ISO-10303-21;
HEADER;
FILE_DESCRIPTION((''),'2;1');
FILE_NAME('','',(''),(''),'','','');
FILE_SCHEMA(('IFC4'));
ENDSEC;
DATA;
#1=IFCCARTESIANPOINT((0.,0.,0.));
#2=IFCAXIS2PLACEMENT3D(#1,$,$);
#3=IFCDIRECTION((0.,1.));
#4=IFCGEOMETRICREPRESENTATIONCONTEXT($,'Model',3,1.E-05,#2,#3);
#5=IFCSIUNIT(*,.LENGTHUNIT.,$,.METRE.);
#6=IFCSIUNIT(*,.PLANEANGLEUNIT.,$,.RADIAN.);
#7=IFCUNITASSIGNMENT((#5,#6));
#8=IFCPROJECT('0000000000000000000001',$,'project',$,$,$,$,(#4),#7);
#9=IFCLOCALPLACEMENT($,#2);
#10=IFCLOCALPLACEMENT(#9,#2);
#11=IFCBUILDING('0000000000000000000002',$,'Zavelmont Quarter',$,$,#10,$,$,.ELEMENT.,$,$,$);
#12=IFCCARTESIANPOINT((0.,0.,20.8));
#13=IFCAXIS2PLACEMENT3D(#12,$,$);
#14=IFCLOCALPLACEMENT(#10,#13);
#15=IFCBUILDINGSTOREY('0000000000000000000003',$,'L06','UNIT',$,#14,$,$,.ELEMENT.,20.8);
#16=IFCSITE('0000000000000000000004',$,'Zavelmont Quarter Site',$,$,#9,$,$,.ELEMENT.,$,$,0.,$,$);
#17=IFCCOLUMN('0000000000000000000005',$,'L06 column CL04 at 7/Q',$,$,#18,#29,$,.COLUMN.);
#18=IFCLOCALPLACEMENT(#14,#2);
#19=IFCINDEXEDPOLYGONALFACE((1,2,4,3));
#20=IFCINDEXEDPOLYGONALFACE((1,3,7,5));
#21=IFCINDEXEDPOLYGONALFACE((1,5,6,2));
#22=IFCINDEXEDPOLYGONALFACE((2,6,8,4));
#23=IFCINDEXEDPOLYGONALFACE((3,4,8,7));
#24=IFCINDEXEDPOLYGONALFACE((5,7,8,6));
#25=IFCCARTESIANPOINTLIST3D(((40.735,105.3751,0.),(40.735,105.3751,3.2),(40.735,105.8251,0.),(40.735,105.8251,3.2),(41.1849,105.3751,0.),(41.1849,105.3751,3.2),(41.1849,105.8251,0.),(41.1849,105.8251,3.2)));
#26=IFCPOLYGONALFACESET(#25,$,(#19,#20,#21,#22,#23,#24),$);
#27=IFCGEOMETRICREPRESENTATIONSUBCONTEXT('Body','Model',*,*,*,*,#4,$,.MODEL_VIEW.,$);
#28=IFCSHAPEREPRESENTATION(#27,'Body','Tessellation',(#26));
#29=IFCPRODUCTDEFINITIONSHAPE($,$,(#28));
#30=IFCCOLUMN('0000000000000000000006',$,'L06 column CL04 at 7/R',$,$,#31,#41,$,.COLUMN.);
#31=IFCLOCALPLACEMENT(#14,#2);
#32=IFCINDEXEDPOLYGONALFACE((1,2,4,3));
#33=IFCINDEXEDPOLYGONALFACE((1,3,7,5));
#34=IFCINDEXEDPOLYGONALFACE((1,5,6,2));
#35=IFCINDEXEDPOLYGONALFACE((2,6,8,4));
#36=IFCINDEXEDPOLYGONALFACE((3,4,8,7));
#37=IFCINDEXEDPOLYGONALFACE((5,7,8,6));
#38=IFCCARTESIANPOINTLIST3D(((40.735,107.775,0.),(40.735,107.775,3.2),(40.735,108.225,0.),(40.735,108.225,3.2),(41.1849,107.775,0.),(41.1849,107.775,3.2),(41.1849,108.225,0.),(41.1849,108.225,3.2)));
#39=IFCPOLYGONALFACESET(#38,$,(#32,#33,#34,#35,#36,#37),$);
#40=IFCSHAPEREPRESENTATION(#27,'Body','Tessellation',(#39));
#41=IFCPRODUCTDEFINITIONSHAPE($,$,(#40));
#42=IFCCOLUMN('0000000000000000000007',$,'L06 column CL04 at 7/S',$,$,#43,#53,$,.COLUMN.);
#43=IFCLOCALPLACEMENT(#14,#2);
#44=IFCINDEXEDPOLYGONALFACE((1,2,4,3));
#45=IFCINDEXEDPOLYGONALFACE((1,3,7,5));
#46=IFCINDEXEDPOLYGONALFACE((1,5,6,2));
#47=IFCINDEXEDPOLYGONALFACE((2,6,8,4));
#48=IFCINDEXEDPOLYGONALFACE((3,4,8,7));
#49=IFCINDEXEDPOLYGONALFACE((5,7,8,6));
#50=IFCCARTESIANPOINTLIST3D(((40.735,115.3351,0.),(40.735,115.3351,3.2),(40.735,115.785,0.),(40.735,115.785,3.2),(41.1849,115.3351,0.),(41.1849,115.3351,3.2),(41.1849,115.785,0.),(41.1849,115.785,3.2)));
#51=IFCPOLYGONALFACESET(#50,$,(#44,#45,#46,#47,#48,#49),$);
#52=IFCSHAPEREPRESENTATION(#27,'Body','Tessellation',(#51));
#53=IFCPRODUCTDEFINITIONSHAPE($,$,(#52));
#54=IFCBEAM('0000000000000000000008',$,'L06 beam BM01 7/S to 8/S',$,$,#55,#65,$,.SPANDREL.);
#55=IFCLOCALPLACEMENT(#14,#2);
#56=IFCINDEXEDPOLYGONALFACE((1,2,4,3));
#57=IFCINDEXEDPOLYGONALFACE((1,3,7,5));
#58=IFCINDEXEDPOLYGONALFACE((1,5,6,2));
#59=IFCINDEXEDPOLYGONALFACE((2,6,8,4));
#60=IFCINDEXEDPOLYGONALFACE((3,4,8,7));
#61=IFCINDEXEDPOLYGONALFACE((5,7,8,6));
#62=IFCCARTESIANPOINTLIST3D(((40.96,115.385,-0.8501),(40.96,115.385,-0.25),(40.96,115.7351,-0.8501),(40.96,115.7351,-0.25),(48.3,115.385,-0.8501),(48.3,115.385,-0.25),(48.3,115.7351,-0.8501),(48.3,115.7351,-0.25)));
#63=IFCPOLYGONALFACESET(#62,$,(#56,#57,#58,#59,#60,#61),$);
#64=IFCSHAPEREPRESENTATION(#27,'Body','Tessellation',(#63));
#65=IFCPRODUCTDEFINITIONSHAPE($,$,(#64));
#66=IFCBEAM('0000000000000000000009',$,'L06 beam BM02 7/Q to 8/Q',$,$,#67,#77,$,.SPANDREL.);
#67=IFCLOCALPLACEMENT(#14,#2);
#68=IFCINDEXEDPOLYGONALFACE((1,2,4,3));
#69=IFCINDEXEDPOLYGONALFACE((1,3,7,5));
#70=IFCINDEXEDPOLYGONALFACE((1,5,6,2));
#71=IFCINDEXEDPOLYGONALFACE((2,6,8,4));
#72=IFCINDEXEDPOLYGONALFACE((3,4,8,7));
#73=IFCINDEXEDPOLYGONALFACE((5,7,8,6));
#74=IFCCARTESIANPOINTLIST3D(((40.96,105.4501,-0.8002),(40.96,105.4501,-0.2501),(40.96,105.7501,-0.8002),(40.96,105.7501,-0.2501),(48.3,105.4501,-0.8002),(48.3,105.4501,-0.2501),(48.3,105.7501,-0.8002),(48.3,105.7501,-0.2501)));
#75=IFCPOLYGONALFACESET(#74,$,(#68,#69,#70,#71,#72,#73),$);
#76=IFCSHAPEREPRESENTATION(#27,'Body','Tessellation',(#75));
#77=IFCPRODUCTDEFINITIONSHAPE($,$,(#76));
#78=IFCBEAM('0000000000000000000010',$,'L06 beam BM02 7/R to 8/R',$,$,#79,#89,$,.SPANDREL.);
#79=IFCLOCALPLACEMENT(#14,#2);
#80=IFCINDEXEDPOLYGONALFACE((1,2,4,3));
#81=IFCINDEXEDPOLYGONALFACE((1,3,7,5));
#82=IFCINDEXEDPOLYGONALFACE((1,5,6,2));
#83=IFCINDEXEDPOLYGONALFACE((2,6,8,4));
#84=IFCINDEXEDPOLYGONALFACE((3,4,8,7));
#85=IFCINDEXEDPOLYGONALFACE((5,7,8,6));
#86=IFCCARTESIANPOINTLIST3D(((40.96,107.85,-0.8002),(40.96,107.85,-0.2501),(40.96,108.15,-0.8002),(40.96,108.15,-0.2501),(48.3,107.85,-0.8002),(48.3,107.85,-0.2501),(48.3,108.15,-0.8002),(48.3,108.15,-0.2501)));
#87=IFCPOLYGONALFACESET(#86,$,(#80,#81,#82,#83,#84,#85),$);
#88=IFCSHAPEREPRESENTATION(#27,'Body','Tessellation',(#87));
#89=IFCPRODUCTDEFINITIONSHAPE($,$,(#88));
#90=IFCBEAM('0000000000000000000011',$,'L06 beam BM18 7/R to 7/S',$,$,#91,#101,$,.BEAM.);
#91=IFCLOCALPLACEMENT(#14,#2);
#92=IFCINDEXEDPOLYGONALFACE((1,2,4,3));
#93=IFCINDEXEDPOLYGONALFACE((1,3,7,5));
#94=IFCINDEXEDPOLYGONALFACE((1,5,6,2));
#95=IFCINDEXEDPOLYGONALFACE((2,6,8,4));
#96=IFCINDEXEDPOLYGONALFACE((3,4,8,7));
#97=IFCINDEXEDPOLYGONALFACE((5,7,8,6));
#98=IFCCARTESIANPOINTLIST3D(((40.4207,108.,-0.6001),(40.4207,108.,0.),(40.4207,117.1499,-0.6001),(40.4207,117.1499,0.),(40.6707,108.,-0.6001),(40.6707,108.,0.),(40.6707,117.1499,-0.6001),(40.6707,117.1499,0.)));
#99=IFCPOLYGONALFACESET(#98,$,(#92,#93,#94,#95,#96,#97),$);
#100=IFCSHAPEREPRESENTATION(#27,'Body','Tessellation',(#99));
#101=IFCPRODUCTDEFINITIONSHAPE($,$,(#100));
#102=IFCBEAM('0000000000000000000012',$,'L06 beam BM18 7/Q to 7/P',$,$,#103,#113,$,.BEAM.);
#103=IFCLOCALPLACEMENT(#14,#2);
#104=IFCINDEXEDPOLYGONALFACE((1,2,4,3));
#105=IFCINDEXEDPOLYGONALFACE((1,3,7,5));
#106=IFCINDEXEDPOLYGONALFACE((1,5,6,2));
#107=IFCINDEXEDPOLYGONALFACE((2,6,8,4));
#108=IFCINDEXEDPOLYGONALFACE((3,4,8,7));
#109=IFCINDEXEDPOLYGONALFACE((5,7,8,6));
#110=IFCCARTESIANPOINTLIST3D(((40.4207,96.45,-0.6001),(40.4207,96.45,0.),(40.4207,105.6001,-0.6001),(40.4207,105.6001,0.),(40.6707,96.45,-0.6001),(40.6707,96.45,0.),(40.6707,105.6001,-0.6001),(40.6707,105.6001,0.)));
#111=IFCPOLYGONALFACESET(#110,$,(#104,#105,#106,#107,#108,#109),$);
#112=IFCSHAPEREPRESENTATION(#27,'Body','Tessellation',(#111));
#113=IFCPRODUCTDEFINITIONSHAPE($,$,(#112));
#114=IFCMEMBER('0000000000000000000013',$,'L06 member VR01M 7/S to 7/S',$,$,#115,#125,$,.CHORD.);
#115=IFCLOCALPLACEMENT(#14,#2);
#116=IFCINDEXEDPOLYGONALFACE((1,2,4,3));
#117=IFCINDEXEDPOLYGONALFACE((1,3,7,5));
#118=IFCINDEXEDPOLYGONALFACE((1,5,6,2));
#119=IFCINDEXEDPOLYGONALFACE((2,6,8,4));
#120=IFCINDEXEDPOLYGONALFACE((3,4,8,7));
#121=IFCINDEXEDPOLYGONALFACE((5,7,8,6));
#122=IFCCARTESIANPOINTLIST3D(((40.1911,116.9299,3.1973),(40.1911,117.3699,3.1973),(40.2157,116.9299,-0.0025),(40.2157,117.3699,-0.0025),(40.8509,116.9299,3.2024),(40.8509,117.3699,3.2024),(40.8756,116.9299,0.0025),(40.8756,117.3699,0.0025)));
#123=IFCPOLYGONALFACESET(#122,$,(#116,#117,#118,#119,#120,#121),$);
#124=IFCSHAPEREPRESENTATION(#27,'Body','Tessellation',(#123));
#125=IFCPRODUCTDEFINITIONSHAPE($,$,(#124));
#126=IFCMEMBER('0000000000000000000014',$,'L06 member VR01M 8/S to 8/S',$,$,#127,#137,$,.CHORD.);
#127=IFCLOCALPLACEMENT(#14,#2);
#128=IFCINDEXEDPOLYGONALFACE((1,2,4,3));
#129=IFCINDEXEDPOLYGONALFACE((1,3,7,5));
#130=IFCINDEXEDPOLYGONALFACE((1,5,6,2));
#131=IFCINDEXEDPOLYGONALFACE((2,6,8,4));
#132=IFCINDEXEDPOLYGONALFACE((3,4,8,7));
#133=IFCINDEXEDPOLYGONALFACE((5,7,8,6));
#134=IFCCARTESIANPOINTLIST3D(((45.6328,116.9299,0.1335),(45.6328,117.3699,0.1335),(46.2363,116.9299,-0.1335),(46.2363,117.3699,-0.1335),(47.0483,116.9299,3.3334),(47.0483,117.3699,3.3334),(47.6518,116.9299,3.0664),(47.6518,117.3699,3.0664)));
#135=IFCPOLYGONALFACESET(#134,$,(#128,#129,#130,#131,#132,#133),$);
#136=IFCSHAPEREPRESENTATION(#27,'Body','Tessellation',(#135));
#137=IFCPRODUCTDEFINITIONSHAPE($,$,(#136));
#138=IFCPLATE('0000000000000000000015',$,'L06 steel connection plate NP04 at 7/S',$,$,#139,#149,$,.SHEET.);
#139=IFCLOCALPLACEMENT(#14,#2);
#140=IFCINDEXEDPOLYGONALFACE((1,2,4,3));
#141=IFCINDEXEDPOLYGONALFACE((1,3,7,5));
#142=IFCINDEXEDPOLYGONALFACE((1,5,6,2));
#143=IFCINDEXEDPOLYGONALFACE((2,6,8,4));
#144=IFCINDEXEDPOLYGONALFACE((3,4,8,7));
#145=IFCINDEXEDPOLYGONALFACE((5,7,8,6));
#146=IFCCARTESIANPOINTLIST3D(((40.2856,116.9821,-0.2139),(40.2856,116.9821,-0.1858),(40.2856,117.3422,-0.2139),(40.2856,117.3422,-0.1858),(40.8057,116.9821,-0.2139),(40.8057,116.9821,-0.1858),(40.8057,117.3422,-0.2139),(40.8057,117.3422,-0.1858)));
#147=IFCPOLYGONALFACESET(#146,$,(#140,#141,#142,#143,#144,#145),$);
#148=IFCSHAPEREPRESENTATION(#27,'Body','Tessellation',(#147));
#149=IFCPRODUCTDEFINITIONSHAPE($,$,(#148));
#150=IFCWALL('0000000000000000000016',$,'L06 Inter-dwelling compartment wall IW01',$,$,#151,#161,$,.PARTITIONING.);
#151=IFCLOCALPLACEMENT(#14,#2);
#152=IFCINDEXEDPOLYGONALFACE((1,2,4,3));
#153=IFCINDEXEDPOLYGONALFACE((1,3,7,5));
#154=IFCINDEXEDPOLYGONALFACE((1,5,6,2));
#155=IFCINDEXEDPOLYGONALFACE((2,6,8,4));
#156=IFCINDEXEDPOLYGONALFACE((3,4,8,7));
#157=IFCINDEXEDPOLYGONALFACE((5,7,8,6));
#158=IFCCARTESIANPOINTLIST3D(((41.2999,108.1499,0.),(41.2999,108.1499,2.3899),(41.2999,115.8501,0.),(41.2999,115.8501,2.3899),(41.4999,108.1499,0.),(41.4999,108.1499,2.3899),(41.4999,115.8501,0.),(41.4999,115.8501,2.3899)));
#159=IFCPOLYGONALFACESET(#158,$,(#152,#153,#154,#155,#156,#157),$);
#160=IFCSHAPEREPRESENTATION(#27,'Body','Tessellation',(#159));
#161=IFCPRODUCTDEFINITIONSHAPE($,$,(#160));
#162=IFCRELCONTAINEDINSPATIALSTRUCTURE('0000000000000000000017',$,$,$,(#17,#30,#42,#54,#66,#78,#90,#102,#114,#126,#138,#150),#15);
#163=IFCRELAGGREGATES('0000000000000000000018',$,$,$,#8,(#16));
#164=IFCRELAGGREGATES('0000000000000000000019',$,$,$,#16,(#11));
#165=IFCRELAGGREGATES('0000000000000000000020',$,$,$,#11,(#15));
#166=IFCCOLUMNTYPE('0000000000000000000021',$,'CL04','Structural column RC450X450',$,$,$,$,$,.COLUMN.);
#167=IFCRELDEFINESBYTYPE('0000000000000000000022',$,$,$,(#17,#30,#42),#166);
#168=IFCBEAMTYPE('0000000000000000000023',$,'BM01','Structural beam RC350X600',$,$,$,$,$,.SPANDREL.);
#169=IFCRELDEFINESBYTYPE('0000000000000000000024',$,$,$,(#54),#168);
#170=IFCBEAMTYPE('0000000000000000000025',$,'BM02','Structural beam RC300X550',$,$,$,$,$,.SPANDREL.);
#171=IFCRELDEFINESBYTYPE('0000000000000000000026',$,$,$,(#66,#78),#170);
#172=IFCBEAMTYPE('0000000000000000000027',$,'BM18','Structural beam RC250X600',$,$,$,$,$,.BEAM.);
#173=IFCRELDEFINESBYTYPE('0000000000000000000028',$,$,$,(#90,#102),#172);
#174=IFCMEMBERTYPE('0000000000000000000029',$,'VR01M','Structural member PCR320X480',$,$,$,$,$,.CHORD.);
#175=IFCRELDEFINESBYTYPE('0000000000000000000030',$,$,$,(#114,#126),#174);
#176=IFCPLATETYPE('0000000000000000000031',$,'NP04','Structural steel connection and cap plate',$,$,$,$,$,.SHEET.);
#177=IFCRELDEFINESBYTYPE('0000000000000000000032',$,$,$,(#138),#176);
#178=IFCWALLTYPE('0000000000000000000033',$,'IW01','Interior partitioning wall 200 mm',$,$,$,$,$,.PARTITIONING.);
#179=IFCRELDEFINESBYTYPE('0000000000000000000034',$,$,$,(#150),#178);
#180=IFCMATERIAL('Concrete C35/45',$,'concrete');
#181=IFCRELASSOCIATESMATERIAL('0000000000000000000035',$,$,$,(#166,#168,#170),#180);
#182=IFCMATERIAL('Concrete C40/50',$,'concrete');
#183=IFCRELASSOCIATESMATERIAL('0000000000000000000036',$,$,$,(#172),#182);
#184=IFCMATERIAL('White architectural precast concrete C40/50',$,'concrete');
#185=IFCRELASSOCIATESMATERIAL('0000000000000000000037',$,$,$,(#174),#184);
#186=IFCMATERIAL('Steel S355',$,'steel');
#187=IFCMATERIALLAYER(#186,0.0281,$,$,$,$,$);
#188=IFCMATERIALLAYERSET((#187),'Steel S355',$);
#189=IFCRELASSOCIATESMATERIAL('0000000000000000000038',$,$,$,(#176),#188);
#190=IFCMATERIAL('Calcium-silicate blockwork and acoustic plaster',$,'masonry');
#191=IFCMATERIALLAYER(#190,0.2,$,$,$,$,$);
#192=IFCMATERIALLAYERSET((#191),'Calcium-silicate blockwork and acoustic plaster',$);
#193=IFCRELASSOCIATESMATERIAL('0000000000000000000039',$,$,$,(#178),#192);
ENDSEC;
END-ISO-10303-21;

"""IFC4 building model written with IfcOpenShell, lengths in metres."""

from ifc_helpers import new_model, si_unit, direction, frame, frame_2d, origin, origin_2d, place, context, subcontext, project, spatial, rectangle, extrude, material, layer, layer_set, material_profile, profile_set, type_object, element, save


model = new_model("IFC4")

# Units and contexts
model_context = context("Model", 3, precision=1e-05, world=origin(), true_north=direction((0.0, 1.0)))
body_context = subcontext(model_context, "Body", "Model", "MODEL_VIEW")
ifc_project = project(units=[si_unit("LENGTHUNIT", "METRE"), si_unit("PLANEANGLEUNIT", "RADIAN")], contexts=[model_context])

# Site, building, storey
site_placement = place(None, origin())
site = spatial("IfcSite", under=ifc_project, at=site_placement, Name="Zavelmont Quarter Site", CompositionType="ELEMENT", RefElevation=0.0)
building_placement = place(site_placement, origin())
building = spatial("IfcBuilding", under=site, at=building_placement, Name="Zavelmont Quarter", CompositionType="ELEMENT")
storey_placement = place(building_placement, frame((0.0, 0.0, 20.8)))
storey = spatial("IfcBuildingStorey", under=building, at=storey_placement, Name="L06", Description="UNIT", CompositionType="ELEMENT", Elevation=20.8)

# Columns
ifc_material_1 = material(Name="Concrete C35/45", Category="concrete")
ifc_material_profile_1 = material_profile(ifc_material_1, rectangle(XDim=0.45, YDim=0.45, at=origin_2d()), Name="RC450X450")
ifc_profile_set_1 = profile_set([ifc_material_profile_1], Name="Concrete C35/45")
column_type = type_object("IfcColumnType", Name="CL04", Description="Structural column RC450X450", PredefinedType="COLUMN", material=ifc_profile_set_1)
for number, where, z_axis, x_axis, name in (
    (1, (40.96, 105.6001, 0.0), (0.0, 0.0, 1.0), (1.0, 0.0, 0.0), "L06 column CL04 at 7/Q"),
    (2, (40.96, 108.0, 0.0), (0.0, 0.0, 1.0), (1.0, 0.0, 0.0), "L06 column CL04 at 7/R"),
    (3, (40.96, 115.5601, 0.0), (0.0, 0.0, 1.0), (1.0, 0.0, 0.0), "L06 column CL04 at 7/S"),
):
    element("IfcColumn", number, at=place(storey_placement, frame(where, z_axis=z_axis, x_axis=x_axis)), inside=storey, type_object=column_type, Name=name, PredefinedType="COLUMN", context=body_context, shape_type="SweptSolid", body=[
        extrude(rectangle(XDim=0.45, YDim=0.45, at=origin_2d()), origin(), (0.0, 0.0, 1.0), 3.2),
    ])

# Beams
ifc_material_profile_2 = material_profile(ifc_material_1, rectangle(XDim=0.3501, YDim=0.6001, at=origin_2d()), Name="RC350X600")
ifc_profile_set_2 = profile_set([ifc_material_profile_2], Name="Concrete C35/45")
beam_type_1 = type_object("IfcBeamType", Name="BM01", Description="Structural beam RC350X600", PredefinedType="SPANDREL", material=ifc_profile_set_2)
beam_1_placement = place(storey_placement, frame((40.96, 115.5601, -0.55), z_axis=(1.0, 0.0, 0.0), x_axis=(0.0, 1.0, 0.0)))
element("IfcBeam", 4, at=beam_1_placement, inside=storey, type_object=beam_type_1, Name="L06 beam BM01 7/S to 8/S", PredefinedType="SPANDREL", context=body_context, shape_type="SweptSolid", body=[
    extrude(rectangle(XDim=0.3501, YDim=0.6001, at=origin_2d()), origin(), (0.0, 0.0, 1.0), 7.3401),
])
ifc_material_profile_3 = material_profile(ifc_material_1, rectangle(XDim=0.3, YDim=0.55, at=origin_2d()), Name="RC300X550")
ifc_profile_set_3 = profile_set([ifc_material_profile_3], Name="Concrete C35/45")
beam_type_2 = type_object("IfcBeamType", Name="BM02", Description="Structural beam RC300X550", PredefinedType="SPANDREL", material=ifc_profile_set_3)
for number, where, z_axis, x_axis, name in (
    (5, (40.96, 105.6001, -0.5251), (1.0, 0.0, 0.0), (0.0, 1.0, 0.0), "L06 beam BM02 7/Q to 8/Q"),
    (6, (40.96, 108.0, -0.5251), (1.0, 0.0, 0.0), (0.0, 1.0, 0.0), "L06 beam BM02 7/R to 8/R"),
):
    element("IfcBeam", number, at=place(storey_placement, frame(where, z_axis=z_axis, x_axis=x_axis)), inside=storey, type_object=beam_type_2, Name=name, PredefinedType="SPANDREL", context=body_context, shape_type="SweptSolid", body=[
        extrude(rectangle(XDim=0.3, YDim=0.55, at=origin_2d()), origin(), (0.0, 0.0, 1.0), 7.3401),
    ])
ifc_material_2 = material(Name="Concrete C40/50", Category="concrete")
ifc_material_profile_4 = material_profile(ifc_material_2, rectangle(XDim=0.25, YDim=0.6001, at=origin_2d()), Name="RC250X600")
ifc_profile_set_4 = profile_set([ifc_material_profile_4], Name="Concrete C40/50")
beam_type_3 = type_object("IfcBeamType", Name="BM18", Description="Structural beam RC250X600", PredefinedType="BEAM", material=ifc_profile_set_4)
beam_2_placement = place(storey_placement, frame((40.5457, 108.0, -0.3), z_axis=(0.0, 1.0, 0.0), x_axis=(-1.0, 0.0, 0.0)))
element("IfcBeam", 7, at=beam_2_placement, inside=storey, type_object=beam_type_3, Name="L06 beam BM18 7/R to 7/S", PredefinedType="BEAM", context=body_context, shape_type="SweptSolid", body=[
    extrude(rectangle(XDim=0.25, YDim=0.6001, at=origin_2d()), origin(), (0.0, 0.0, 1.0), 9.1499),
])
beam_3_placement = place(storey_placement, frame((40.5457, 105.6001, -0.3), z_axis=(0.0, -1.0, 0.0), x_axis=(1.0, 0.0, 0.0)))
element("IfcBeam", 8, at=beam_3_placement, inside=storey, type_object=beam_type_3, Name="L06 beam BM18 7/Q to 7/P", PredefinedType="BEAM", context=body_context, shape_type="SweptSolid", body=[
    extrude(rectangle(XDim=0.25, YDim=0.6001, at=origin_2d()), origin(), (0.0, 0.0, 1.0), 9.1501),
])

# Members
ifc_material_3 = material(Name="White architectural precast concrete C40/50", Category="concrete")
ifc_material_profile_5 = material_profile(ifc_material_3, rectangle(XDim=0.4399, YDim=0.6599, at=origin_2d()), Name="PCR320X480")
ifc_profile_set_5 = profile_set([ifc_material_profile_5], Name="White architectural precast concrete C40/50")
member_type = type_object("IfcMemberType", Name="VR01M", Description="Structural member PCR320X480", PredefinedType="CHORD", material=ifc_profile_set_5)
member_1_placement = place(storey_placement, frame((40.5457, 117.1499, 0.0), z_axis=(-0.007706, 0.0, 0.99997), x_axis=(0.0, -1.0, 0.0)))
element("IfcMember", 9, at=member_1_placement, inside=storey, type_object=member_type, Name="L06 member VR01M 7/S to 7/S", PredefinedType="CHORD", context=body_context, shape_type="SweptSolid", body=[
    extrude(rectangle(XDim=0.4399, YDim=0.6599, at=origin_2d()), origin(), (0.0, 0.0, 1.0), 3.2),
])
member_2_placement = place(storey_placement, frame((45.9346, 117.1499, 0.0), z_axis=(0.404545, 0.0, 0.914518), x_axis=(0.0, 1.0, 0.0)))
element("IfcMember", 10, at=member_2_placement, inside=storey, type_object=member_type, Name="L06 member VR01M 8/S to 8/S", PredefinedType="CHORD", context=body_context, shape_type="SweptSolid", body=[
    extrude(rectangle(XDim=0.4399, YDim=0.6599, at=origin_2d()), origin(), (0.0, 0.0, 1.0), 3.499),
])

# Plate
ifc_material_4 = material(Name="Steel S355", Category="steel")
ifc_layer_1 = layer(ifc_material_4, 0.0281)
ifc_layer_set_1 = layer_set([ifc_layer_1], Name="Steel S355")
plate_type = type_object("IfcPlateType", Name="NP04", Description="Structural steel connection and cap plate", PredefinedType="SHEET", material=ifc_layer_set_1)
plate_placement = place(storey_placement, frame((40.5457, 117.1621, -0.2139), z_axis=(0.0, 0.0, 1.0), x_axis=(1.0, 0.0, 0.0)))
element("IfcPlate", 11, at=plate_placement, inside=storey, type_object=plate_type, Name="L06 steel connection plate NP04 at 7/S", PredefinedType="SHEET", context=body_context, shape_type="SweptSolid", body=[
    extrude(rectangle(XDim=0.52, YDim=0.3601, at=origin_2d()), origin(), (0.0, 0.0, 1.0), 0.0281),
])

# Wall
ifc_material_5 = material(Name="Calcium-silicate blockwork and acoustic plaster", Category="masonry")
ifc_layer_2 = layer(ifc_material_5, 0.2)
ifc_layer_set_2 = layer_set([ifc_layer_2], Name="Calcium-silicate blockwork and acoustic plaster")
wall_type_1 = type_object("IfcWallType", Name="IW01", Description="Interior partitioning wall 200 mm", PredefinedType="PARTITIONING", material=ifc_layer_set_2)
wall_1_placement = place(storey_placement, frame((41.3999, 108.1499, 0.0), z_axis=(0.0, 0.0, 1.0), x_axis=(0.0, 1.0, 0.0)))
element("IfcWall", 12, at=wall_1_placement, inside=storey, type_object=wall_type_1, Name="L06 Inter-dwelling compartment wall IW01", PredefinedType="PARTITIONING", context=body_context, shape_type="SweptSolid", body=[
    extrude(rectangle(XDim=7.7002, YDim=0.2, at=frame_2d((3.8501, 0.0))), origin(), (0.0, 0.0, 1.0), 2.3899),
])

save(model, "model.ifc")
